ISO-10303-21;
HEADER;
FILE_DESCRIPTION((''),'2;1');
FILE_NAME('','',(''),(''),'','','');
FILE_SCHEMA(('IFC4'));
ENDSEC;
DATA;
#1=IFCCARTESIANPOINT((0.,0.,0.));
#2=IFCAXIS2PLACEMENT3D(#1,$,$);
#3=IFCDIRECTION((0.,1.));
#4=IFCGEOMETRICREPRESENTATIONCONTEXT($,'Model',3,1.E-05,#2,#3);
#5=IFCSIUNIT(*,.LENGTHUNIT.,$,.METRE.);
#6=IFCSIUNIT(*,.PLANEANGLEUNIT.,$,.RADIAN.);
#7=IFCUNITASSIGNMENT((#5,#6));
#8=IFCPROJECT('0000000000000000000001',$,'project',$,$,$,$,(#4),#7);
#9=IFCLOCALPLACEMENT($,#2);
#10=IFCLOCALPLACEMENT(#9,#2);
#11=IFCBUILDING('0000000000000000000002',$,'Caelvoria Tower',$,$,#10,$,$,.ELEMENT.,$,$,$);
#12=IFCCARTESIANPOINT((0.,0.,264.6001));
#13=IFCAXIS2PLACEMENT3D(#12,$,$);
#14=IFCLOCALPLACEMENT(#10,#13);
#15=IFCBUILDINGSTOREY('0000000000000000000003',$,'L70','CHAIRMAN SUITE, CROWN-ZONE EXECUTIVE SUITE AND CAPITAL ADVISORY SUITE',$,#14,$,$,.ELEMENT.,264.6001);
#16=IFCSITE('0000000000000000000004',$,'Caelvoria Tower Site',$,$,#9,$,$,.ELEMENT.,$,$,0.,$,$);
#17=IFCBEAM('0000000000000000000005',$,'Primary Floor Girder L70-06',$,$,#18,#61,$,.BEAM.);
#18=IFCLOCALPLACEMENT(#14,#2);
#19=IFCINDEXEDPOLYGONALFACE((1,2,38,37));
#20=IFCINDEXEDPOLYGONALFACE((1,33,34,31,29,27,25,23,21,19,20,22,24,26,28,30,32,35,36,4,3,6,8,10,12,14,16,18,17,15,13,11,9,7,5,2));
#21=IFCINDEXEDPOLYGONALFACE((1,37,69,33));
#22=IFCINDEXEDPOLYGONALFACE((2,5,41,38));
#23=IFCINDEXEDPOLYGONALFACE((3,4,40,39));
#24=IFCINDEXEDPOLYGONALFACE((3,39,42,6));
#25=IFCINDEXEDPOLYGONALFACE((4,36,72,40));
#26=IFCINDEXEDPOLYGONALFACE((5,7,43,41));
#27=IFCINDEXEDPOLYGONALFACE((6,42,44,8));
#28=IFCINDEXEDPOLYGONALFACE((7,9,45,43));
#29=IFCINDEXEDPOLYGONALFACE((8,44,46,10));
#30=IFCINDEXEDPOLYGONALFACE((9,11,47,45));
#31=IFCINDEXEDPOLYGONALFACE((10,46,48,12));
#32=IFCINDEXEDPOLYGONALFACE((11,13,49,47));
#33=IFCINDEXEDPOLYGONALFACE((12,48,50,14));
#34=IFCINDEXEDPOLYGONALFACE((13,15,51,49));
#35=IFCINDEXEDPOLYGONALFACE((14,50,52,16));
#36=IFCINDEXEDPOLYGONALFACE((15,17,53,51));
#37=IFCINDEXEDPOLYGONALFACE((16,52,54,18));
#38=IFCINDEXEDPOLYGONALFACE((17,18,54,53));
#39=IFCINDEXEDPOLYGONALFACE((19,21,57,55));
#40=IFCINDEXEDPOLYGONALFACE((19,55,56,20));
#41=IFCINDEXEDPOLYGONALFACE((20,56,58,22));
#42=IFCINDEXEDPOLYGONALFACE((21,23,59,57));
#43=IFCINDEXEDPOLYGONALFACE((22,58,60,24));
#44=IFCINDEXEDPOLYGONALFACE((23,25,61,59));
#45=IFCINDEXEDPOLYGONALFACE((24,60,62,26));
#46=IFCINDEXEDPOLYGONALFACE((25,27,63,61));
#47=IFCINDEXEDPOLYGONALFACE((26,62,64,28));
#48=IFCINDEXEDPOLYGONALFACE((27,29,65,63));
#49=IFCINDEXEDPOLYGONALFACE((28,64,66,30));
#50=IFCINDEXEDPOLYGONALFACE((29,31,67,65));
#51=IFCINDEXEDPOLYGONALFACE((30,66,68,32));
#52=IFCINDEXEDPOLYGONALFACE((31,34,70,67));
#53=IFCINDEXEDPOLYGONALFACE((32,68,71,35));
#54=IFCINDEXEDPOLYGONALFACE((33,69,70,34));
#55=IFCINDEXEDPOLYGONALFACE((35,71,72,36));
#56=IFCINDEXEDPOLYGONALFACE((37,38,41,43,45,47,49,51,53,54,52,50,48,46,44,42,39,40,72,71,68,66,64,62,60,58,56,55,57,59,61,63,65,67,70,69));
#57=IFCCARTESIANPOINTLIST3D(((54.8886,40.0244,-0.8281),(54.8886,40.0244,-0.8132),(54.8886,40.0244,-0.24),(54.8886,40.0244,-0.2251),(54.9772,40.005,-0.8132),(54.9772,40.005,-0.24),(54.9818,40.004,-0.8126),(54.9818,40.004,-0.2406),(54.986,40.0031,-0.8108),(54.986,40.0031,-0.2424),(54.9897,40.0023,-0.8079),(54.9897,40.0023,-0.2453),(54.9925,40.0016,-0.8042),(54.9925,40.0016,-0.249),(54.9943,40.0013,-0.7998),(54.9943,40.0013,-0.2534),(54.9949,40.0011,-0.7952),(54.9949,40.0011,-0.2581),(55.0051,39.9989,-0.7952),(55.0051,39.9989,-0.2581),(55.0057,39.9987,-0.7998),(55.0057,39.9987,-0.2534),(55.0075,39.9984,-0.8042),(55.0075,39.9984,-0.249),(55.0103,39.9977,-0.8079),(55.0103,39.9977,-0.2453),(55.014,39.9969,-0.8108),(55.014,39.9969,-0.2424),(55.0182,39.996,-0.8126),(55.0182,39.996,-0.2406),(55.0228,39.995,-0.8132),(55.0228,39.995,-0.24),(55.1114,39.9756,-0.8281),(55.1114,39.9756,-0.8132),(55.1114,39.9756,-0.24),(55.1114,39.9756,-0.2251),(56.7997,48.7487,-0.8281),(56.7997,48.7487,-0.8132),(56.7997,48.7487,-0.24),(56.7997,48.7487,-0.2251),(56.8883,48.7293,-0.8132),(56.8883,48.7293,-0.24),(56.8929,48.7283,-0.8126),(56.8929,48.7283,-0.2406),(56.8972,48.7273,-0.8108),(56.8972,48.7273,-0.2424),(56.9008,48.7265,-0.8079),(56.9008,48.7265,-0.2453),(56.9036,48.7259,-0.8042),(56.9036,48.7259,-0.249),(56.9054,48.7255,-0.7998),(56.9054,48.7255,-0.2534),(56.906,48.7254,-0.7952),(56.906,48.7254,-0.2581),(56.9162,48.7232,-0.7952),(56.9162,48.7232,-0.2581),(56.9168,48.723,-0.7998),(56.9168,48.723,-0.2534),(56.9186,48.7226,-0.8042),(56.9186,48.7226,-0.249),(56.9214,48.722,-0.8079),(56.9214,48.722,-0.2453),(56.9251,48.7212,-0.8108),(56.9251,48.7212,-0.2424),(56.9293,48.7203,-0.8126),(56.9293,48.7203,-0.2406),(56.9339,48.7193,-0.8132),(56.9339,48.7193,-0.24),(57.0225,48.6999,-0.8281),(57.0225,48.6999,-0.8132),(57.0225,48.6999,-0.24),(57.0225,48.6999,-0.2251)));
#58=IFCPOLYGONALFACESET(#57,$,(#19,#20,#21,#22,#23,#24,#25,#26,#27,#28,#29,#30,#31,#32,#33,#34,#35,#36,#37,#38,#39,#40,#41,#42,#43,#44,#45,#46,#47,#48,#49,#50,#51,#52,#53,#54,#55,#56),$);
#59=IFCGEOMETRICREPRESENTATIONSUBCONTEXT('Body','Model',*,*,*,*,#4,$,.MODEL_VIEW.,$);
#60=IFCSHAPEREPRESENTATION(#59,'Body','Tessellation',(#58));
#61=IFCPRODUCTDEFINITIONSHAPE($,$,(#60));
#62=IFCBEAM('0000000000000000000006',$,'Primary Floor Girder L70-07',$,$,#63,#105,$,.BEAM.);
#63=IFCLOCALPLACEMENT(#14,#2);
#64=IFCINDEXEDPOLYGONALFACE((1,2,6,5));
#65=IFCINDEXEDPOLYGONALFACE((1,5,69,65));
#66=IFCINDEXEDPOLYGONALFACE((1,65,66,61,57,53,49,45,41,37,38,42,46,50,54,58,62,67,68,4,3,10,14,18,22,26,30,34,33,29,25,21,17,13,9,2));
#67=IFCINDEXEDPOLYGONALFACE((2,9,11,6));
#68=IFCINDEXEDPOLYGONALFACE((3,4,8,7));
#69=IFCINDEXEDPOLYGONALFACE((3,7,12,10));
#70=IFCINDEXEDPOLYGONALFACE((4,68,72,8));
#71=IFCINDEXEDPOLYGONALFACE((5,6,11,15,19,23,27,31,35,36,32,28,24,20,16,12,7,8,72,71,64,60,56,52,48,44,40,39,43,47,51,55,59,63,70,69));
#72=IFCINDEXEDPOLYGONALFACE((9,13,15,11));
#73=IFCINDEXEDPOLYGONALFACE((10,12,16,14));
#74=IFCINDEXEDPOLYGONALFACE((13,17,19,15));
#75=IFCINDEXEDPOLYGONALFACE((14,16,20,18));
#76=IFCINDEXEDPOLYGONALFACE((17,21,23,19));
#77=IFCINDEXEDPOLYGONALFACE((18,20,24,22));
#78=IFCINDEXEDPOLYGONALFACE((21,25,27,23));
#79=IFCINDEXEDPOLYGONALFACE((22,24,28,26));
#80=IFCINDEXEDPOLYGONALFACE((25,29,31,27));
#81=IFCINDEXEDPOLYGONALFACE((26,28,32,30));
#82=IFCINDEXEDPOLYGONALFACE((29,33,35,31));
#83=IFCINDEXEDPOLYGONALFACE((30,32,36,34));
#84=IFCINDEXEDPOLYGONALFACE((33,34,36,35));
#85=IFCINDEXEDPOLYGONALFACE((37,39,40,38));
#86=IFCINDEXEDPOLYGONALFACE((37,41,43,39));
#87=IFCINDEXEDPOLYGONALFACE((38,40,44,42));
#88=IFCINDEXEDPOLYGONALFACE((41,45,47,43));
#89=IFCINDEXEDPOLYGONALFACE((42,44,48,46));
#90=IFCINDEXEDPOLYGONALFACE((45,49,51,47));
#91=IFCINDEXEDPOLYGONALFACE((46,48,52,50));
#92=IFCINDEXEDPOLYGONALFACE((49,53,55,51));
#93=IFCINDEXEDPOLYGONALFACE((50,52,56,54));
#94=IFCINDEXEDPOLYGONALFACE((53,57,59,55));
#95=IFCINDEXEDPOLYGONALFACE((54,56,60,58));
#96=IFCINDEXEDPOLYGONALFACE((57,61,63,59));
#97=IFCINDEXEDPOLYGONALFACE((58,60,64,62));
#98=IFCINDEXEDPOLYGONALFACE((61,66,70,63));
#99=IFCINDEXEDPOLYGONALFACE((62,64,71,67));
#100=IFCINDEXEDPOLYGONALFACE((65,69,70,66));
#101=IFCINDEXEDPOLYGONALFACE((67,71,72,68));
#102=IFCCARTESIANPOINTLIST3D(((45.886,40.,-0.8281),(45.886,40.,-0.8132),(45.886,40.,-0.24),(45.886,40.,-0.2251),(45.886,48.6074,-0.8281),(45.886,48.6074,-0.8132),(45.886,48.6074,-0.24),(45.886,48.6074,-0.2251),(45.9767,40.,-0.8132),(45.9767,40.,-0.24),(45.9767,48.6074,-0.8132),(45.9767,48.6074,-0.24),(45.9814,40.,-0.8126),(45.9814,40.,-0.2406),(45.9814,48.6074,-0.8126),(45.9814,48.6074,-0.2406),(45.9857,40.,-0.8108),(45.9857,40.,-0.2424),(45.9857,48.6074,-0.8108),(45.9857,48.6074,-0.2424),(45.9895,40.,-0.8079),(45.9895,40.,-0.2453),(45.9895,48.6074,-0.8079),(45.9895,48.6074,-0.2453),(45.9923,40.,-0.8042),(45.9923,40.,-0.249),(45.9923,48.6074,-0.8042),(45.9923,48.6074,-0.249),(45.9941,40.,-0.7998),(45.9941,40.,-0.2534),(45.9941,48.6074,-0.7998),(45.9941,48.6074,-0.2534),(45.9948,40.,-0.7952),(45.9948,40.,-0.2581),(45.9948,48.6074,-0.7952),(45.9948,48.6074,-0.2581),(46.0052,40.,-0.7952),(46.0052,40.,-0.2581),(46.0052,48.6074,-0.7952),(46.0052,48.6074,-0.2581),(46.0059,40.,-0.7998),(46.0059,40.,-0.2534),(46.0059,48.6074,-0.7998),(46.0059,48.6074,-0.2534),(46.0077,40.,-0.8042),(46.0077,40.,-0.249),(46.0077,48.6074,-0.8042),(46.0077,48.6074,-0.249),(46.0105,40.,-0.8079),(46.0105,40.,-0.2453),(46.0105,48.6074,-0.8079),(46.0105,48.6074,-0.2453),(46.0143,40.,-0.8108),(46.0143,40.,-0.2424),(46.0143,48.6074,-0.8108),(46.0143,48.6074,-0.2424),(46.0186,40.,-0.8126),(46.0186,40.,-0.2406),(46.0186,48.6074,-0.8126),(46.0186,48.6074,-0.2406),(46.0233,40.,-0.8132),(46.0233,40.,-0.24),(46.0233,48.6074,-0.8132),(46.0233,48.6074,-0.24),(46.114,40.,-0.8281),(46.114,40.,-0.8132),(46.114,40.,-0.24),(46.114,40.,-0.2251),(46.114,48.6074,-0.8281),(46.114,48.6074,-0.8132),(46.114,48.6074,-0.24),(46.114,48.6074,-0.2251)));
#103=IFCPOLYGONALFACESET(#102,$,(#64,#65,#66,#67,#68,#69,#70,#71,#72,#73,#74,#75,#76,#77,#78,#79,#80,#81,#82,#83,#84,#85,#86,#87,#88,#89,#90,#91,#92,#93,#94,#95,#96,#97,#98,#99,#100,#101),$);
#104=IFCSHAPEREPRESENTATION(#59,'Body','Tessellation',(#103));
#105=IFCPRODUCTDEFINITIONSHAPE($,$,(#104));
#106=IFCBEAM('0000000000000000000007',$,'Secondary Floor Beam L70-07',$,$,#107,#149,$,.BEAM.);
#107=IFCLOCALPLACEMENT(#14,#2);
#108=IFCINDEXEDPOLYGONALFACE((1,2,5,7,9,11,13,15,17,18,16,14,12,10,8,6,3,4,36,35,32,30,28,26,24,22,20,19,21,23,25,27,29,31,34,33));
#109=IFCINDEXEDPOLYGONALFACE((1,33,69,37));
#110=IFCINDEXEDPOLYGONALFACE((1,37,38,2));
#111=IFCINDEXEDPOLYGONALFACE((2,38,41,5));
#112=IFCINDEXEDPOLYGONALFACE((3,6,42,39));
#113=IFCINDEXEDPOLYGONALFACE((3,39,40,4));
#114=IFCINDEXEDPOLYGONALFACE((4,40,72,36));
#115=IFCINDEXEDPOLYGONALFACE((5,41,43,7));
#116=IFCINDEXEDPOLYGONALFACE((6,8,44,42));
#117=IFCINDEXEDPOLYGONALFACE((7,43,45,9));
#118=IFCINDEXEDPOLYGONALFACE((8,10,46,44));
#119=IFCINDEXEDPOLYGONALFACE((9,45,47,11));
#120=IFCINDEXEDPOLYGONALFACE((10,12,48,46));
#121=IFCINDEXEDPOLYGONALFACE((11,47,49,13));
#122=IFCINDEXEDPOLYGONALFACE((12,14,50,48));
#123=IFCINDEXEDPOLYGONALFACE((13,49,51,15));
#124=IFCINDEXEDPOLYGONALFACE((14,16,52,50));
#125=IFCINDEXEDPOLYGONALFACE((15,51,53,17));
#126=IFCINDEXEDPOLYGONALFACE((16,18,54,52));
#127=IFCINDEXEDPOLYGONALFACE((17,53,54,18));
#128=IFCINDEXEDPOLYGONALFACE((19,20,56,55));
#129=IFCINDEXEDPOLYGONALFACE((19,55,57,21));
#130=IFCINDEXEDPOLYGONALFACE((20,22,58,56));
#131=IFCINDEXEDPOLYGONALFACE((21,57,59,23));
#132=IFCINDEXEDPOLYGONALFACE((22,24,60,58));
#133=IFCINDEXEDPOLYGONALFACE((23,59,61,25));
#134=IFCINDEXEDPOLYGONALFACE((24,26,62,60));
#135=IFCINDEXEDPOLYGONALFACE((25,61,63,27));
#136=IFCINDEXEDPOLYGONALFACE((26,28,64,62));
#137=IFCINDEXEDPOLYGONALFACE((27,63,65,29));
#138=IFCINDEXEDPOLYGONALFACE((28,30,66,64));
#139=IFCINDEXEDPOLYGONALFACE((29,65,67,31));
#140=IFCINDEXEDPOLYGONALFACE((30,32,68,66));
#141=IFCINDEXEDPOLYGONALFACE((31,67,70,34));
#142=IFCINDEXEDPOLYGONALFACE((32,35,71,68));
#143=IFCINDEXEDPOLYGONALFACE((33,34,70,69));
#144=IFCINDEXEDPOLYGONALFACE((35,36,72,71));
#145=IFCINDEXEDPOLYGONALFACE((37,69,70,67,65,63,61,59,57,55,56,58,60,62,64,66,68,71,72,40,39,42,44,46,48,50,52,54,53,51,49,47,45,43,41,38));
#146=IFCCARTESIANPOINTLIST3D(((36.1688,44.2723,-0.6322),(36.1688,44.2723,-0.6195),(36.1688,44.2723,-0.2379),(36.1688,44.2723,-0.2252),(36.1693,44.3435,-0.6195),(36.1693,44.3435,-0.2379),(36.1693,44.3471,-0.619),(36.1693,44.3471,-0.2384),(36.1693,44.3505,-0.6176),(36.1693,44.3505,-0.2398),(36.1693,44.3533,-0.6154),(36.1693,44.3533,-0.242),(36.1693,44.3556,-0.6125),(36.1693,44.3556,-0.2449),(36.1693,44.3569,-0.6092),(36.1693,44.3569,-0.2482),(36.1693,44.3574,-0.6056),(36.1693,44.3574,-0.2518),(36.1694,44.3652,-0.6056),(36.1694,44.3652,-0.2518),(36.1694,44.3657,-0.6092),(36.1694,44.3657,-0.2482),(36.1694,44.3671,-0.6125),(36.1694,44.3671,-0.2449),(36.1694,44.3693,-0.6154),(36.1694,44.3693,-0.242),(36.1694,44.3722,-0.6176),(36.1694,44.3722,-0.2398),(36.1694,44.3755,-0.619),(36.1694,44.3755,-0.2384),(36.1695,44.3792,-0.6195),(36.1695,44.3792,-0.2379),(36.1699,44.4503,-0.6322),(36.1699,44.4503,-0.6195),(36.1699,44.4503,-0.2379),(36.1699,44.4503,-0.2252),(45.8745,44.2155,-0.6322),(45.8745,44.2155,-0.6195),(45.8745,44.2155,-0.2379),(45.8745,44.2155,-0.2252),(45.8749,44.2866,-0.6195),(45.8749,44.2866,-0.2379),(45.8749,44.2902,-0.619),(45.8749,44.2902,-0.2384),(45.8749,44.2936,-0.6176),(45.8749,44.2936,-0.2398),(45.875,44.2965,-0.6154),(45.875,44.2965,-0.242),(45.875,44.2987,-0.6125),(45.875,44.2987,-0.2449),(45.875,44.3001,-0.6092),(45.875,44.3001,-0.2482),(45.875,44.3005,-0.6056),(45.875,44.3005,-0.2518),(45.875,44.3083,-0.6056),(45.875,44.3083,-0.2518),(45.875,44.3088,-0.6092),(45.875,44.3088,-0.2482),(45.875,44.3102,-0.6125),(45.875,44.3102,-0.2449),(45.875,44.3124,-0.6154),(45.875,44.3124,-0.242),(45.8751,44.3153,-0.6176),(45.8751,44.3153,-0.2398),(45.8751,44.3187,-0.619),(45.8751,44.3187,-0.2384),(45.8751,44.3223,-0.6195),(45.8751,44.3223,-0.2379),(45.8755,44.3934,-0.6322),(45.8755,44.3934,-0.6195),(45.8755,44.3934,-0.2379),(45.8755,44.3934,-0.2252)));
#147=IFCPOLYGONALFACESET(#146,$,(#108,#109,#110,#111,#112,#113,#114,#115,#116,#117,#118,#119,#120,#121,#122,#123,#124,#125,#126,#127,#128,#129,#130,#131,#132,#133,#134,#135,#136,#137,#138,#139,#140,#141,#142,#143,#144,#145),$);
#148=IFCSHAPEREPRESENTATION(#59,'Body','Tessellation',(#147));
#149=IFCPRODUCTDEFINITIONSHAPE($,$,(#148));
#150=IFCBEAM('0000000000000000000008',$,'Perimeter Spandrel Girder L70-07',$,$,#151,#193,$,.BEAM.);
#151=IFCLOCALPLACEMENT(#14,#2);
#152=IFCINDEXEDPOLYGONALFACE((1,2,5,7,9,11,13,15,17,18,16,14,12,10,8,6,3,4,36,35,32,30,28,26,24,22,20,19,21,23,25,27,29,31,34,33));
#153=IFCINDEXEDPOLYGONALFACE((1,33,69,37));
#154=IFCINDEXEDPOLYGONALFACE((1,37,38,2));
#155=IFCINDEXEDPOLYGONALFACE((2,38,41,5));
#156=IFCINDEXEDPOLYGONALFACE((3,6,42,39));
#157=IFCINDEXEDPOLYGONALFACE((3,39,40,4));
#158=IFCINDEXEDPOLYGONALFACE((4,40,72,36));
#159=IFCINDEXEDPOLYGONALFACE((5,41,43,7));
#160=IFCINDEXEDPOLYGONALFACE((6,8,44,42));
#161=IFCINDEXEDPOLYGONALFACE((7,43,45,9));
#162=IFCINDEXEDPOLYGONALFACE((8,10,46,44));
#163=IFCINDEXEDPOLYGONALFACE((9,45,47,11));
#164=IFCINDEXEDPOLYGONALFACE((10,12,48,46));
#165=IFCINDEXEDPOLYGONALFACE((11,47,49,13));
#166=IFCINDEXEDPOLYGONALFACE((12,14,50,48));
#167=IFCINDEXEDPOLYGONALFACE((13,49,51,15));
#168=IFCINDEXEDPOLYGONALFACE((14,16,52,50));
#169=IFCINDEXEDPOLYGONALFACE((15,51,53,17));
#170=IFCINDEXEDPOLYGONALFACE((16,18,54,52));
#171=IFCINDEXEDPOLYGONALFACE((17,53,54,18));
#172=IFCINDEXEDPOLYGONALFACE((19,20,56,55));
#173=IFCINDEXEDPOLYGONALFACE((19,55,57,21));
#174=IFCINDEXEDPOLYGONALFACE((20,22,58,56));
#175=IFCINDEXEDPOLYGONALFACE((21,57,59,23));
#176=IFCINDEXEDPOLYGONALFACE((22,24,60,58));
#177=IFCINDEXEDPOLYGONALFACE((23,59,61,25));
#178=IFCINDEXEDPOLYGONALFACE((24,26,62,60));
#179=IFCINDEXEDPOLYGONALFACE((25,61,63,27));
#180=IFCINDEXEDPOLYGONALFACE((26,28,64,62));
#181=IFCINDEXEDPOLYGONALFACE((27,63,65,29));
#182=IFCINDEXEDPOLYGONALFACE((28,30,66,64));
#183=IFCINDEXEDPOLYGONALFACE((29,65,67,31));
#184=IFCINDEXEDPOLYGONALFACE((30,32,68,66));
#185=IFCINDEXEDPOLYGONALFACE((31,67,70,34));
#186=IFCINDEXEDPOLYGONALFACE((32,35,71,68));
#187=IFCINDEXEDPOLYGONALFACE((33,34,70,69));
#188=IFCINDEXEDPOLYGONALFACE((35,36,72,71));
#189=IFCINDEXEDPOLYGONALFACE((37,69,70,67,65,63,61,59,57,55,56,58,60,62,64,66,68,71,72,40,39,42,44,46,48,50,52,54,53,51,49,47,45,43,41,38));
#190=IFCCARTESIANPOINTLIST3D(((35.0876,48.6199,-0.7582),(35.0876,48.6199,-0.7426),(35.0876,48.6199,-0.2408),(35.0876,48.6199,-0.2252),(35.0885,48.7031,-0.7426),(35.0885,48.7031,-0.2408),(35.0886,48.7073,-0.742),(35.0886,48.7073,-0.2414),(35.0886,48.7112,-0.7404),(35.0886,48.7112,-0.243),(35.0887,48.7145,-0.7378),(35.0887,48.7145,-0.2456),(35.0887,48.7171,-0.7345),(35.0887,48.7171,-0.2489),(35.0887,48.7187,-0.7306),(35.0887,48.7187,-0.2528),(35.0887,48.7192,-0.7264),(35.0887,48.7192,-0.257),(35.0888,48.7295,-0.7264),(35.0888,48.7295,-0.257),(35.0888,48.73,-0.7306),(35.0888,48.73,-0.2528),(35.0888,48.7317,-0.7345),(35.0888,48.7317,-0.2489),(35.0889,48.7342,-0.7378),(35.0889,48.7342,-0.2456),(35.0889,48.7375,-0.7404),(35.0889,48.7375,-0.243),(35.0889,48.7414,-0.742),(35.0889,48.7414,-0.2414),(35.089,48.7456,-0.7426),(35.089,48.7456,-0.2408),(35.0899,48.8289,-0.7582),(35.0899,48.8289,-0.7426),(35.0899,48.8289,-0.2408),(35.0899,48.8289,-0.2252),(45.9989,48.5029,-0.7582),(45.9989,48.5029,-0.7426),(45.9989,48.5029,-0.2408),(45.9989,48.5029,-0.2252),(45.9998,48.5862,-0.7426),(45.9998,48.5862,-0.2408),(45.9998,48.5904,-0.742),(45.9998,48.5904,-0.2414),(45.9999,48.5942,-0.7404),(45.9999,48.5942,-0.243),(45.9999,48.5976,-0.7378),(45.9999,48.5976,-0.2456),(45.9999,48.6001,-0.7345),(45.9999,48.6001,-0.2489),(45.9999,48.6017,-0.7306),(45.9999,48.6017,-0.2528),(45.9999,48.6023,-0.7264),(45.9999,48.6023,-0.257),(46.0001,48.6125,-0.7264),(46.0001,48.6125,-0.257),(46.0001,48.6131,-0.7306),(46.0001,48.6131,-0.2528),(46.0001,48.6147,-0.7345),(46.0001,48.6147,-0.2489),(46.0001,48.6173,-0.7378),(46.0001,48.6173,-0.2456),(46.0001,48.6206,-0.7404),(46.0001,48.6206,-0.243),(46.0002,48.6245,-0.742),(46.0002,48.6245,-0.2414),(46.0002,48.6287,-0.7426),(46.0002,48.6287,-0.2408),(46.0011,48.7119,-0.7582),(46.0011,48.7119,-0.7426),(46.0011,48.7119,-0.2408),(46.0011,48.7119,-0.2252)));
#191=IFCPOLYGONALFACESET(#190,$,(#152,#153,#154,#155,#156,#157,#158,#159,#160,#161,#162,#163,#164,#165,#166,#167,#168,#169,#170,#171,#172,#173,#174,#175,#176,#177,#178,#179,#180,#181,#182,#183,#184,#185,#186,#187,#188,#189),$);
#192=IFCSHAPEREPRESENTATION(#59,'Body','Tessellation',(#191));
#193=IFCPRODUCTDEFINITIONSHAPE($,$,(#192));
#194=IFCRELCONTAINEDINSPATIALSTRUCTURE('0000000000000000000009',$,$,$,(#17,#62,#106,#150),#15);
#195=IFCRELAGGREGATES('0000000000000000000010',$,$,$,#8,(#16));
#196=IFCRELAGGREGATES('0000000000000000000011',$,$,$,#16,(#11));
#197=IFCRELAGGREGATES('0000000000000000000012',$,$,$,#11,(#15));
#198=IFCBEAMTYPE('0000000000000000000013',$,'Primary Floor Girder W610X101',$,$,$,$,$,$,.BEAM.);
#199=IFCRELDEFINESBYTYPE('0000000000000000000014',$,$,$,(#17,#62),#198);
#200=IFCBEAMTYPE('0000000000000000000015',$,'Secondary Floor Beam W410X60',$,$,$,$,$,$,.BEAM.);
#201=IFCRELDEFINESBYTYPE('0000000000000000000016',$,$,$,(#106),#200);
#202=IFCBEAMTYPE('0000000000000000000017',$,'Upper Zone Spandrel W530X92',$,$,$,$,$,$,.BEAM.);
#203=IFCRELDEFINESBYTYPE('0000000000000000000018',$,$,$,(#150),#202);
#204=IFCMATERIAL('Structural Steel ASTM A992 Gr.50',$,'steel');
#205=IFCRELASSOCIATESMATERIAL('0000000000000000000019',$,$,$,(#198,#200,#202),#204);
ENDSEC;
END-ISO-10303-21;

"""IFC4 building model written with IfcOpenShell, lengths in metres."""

from ifc_helpers import new_model, si_unit, direction, frame, origin, origin_2d, place, context, subcontext, project, spatial, i_section, extrude, material, material_profile, profile_set, type_object, element, save


model = new_model("IFC4")

# Units and contexts
model_context = context("Model", 3, precision=1e-05, world=origin(), true_north=direction((0.0, 1.0)))
body_context = subcontext(model_context, "Body", "Model", "MODEL_VIEW")
ifc_project = project(units=[si_unit("LENGTHUNIT", "METRE"), si_unit("PLANEANGLEUNIT", "RADIAN")], contexts=[model_context])

# Site, building, storey
site_placement = place(None, origin())
site = spatial("IfcSite", under=ifc_project, at=site_placement, Name="Caelvoria Tower Site", CompositionType="ELEMENT", RefElevation=0.0)
building_placement = place(site_placement, origin())
building = spatial("IfcBuilding", under=site, at=building_placement, Name="Caelvoria Tower", CompositionType="ELEMENT")
storey_placement = place(building_placement, frame((0.0, 0.0, 264.6001)))
storey = spatial("IfcBuildingStorey", under=building, at=storey_placement, Name="L70", Description="CHAIRMAN SUITE, CROWN-ZONE EXECUTIVE SUITE AND CAPITAL ADVISORY SUITE", CompositionType="ELEMENT", Elevation=264.6001)

# Shared definitions
ifc_material_1 = material(Name="Structural Steel ASTM A992 Gr.50", Category="steel")

# Beams
ifc_material_profile_1 = material_profile(ifc_material_1, i_section(OverallWidth=0.228, OverallDepth=0.603, WebThickness=0.0105, FlangeThickness=0.0149, FilletRadius=0.0181, at=origin_2d()), Name="Structural Steel ASTM A992 Gr.50")
ifc_profile_set_1 = profile_set([ifc_material_profile_1], Name="W610X101 - Structural Steel ASTM A992 Gr.50")
beam_type_1 = type_object("IfcBeamType", Name="Primary Floor Girder W610X101", PredefinedType="BEAM", material=ifc_profile_set_1)
beam_1_placement = place(storey_placement, frame((55.0, 40.0, -0.5266), z_axis=(0.213983, 0.976837, 0.0), x_axis=(-0.976837, 0.213983, 0.0)))
element("IfcBeam", 1, at=beam_1_placement, inside=storey, type_object=beam_type_1, Name="Primary Floor Girder L70-06", PredefinedType="BEAM", context=body_context, shape_type="SweptSolid", body=[
    extrude(i_section(OverallWidth=0.228, OverallDepth=0.603, WebThickness=0.0105, FlangeThickness=0.0149, FilletRadius=0.0181, at=origin_2d()), origin(), (0.0, 0.0, 1.0), 8.9312),
])
beam_2_placement = place(storey_placement, frame((46.0, 40.0, -0.5266), z_axis=(0.0, 1.0, 0.0), x_axis=(-1.0, 0.0, 0.0)))
element("IfcBeam", 2, at=beam_2_placement, inside=storey, type_object=beam_type_1, Name="Primary Floor Girder L70-07", PredefinedType="BEAM", context=body_context, shape_type="SweptSolid", body=[
    extrude(i_section(OverallWidth=0.228, OverallDepth=0.603, WebThickness=0.0105, FlangeThickness=0.0149, FilletRadius=0.0181, at=origin_2d()), origin(), (0.0, 0.0, 1.0), 8.6074),
])
ifc_material_profile_2 = material_profile(ifc_material_1, i_section(OverallWidth=0.178, OverallDepth=0.407, WebThickness=0.0078, FlangeThickness=0.0127, FilletRadius=0.0139, at=origin_2d()), Name="Structural Steel ASTM A992 Gr.50")
ifc_profile_set_2 = profile_set([ifc_material_profile_2], Name="W410X60 - Structural Steel ASTM A992 Gr.50")
beam_type_2 = type_object("IfcBeamType", Name="Secondary Floor Beam W410X60", PredefinedType="BEAM", material=ifc_profile_set_2)
beam_3_placement = place(storey_placement, frame((45.875, 44.3044, -0.4287), z_axis=(-0.999983, 0.005861, 0.0), x_axis=(-0.005861, -0.999983, 0.0)))
element("IfcBeam", 3, at=beam_3_placement, inside=storey, type_object=beam_type_2, Name="Secondary Floor Beam L70-07", PredefinedType="BEAM", context=body_context, shape_type="SweptSolid", body=[
    extrude(i_section(OverallWidth=0.178, OverallDepth=0.407, WebThickness=0.0078, FlangeThickness=0.0127, FilletRadius=0.0139, at=origin_2d()), origin(), (0.0, 0.0, 1.0), 9.7058),
])
ifc_material_profile_3 = material_profile(ifc_material_1, i_section(OverallWidth=0.209, OverallDepth=0.533, WebThickness=0.0103, FlangeThickness=0.0156, FilletRadius=0.0161, at=origin_2d()), Name="Structural Steel ASTM A992 Gr.50")
ifc_profile_set_3 = profile_set([ifc_material_profile_3], Name="W530X92 - Structural Steel ASTM A992 Gr.50")
beam_type_3 = type_object("IfcBeamType", Name="Upper Zone Spandrel W530X92", PredefinedType="BEAM", material=ifc_profile_set_3)
beam_4_placement = place(storey_placement, frame((46.0, 48.6074, -0.4917), z_axis=(-0.999943, 0.010717, 0.0), x_axis=(-0.010717, -0.999943, 0.0)))
element("IfcBeam", 4, at=beam_4_placement, inside=storey, type_object=beam_type_3, Name="Perimeter Spandrel Girder L70-07", PredefinedType="BEAM", context=body_context, shape_type="SweptSolid", body=[
    extrude(i_section(OverallWidth=0.209, OverallDepth=0.533, WebThickness=0.0103, FlangeThickness=0.0156, FilletRadius=0.0161, at=origin_2d()), origin(), (0.0, 0.0, 1.0), 10.9119),
])

save(model, "model.ifc")
